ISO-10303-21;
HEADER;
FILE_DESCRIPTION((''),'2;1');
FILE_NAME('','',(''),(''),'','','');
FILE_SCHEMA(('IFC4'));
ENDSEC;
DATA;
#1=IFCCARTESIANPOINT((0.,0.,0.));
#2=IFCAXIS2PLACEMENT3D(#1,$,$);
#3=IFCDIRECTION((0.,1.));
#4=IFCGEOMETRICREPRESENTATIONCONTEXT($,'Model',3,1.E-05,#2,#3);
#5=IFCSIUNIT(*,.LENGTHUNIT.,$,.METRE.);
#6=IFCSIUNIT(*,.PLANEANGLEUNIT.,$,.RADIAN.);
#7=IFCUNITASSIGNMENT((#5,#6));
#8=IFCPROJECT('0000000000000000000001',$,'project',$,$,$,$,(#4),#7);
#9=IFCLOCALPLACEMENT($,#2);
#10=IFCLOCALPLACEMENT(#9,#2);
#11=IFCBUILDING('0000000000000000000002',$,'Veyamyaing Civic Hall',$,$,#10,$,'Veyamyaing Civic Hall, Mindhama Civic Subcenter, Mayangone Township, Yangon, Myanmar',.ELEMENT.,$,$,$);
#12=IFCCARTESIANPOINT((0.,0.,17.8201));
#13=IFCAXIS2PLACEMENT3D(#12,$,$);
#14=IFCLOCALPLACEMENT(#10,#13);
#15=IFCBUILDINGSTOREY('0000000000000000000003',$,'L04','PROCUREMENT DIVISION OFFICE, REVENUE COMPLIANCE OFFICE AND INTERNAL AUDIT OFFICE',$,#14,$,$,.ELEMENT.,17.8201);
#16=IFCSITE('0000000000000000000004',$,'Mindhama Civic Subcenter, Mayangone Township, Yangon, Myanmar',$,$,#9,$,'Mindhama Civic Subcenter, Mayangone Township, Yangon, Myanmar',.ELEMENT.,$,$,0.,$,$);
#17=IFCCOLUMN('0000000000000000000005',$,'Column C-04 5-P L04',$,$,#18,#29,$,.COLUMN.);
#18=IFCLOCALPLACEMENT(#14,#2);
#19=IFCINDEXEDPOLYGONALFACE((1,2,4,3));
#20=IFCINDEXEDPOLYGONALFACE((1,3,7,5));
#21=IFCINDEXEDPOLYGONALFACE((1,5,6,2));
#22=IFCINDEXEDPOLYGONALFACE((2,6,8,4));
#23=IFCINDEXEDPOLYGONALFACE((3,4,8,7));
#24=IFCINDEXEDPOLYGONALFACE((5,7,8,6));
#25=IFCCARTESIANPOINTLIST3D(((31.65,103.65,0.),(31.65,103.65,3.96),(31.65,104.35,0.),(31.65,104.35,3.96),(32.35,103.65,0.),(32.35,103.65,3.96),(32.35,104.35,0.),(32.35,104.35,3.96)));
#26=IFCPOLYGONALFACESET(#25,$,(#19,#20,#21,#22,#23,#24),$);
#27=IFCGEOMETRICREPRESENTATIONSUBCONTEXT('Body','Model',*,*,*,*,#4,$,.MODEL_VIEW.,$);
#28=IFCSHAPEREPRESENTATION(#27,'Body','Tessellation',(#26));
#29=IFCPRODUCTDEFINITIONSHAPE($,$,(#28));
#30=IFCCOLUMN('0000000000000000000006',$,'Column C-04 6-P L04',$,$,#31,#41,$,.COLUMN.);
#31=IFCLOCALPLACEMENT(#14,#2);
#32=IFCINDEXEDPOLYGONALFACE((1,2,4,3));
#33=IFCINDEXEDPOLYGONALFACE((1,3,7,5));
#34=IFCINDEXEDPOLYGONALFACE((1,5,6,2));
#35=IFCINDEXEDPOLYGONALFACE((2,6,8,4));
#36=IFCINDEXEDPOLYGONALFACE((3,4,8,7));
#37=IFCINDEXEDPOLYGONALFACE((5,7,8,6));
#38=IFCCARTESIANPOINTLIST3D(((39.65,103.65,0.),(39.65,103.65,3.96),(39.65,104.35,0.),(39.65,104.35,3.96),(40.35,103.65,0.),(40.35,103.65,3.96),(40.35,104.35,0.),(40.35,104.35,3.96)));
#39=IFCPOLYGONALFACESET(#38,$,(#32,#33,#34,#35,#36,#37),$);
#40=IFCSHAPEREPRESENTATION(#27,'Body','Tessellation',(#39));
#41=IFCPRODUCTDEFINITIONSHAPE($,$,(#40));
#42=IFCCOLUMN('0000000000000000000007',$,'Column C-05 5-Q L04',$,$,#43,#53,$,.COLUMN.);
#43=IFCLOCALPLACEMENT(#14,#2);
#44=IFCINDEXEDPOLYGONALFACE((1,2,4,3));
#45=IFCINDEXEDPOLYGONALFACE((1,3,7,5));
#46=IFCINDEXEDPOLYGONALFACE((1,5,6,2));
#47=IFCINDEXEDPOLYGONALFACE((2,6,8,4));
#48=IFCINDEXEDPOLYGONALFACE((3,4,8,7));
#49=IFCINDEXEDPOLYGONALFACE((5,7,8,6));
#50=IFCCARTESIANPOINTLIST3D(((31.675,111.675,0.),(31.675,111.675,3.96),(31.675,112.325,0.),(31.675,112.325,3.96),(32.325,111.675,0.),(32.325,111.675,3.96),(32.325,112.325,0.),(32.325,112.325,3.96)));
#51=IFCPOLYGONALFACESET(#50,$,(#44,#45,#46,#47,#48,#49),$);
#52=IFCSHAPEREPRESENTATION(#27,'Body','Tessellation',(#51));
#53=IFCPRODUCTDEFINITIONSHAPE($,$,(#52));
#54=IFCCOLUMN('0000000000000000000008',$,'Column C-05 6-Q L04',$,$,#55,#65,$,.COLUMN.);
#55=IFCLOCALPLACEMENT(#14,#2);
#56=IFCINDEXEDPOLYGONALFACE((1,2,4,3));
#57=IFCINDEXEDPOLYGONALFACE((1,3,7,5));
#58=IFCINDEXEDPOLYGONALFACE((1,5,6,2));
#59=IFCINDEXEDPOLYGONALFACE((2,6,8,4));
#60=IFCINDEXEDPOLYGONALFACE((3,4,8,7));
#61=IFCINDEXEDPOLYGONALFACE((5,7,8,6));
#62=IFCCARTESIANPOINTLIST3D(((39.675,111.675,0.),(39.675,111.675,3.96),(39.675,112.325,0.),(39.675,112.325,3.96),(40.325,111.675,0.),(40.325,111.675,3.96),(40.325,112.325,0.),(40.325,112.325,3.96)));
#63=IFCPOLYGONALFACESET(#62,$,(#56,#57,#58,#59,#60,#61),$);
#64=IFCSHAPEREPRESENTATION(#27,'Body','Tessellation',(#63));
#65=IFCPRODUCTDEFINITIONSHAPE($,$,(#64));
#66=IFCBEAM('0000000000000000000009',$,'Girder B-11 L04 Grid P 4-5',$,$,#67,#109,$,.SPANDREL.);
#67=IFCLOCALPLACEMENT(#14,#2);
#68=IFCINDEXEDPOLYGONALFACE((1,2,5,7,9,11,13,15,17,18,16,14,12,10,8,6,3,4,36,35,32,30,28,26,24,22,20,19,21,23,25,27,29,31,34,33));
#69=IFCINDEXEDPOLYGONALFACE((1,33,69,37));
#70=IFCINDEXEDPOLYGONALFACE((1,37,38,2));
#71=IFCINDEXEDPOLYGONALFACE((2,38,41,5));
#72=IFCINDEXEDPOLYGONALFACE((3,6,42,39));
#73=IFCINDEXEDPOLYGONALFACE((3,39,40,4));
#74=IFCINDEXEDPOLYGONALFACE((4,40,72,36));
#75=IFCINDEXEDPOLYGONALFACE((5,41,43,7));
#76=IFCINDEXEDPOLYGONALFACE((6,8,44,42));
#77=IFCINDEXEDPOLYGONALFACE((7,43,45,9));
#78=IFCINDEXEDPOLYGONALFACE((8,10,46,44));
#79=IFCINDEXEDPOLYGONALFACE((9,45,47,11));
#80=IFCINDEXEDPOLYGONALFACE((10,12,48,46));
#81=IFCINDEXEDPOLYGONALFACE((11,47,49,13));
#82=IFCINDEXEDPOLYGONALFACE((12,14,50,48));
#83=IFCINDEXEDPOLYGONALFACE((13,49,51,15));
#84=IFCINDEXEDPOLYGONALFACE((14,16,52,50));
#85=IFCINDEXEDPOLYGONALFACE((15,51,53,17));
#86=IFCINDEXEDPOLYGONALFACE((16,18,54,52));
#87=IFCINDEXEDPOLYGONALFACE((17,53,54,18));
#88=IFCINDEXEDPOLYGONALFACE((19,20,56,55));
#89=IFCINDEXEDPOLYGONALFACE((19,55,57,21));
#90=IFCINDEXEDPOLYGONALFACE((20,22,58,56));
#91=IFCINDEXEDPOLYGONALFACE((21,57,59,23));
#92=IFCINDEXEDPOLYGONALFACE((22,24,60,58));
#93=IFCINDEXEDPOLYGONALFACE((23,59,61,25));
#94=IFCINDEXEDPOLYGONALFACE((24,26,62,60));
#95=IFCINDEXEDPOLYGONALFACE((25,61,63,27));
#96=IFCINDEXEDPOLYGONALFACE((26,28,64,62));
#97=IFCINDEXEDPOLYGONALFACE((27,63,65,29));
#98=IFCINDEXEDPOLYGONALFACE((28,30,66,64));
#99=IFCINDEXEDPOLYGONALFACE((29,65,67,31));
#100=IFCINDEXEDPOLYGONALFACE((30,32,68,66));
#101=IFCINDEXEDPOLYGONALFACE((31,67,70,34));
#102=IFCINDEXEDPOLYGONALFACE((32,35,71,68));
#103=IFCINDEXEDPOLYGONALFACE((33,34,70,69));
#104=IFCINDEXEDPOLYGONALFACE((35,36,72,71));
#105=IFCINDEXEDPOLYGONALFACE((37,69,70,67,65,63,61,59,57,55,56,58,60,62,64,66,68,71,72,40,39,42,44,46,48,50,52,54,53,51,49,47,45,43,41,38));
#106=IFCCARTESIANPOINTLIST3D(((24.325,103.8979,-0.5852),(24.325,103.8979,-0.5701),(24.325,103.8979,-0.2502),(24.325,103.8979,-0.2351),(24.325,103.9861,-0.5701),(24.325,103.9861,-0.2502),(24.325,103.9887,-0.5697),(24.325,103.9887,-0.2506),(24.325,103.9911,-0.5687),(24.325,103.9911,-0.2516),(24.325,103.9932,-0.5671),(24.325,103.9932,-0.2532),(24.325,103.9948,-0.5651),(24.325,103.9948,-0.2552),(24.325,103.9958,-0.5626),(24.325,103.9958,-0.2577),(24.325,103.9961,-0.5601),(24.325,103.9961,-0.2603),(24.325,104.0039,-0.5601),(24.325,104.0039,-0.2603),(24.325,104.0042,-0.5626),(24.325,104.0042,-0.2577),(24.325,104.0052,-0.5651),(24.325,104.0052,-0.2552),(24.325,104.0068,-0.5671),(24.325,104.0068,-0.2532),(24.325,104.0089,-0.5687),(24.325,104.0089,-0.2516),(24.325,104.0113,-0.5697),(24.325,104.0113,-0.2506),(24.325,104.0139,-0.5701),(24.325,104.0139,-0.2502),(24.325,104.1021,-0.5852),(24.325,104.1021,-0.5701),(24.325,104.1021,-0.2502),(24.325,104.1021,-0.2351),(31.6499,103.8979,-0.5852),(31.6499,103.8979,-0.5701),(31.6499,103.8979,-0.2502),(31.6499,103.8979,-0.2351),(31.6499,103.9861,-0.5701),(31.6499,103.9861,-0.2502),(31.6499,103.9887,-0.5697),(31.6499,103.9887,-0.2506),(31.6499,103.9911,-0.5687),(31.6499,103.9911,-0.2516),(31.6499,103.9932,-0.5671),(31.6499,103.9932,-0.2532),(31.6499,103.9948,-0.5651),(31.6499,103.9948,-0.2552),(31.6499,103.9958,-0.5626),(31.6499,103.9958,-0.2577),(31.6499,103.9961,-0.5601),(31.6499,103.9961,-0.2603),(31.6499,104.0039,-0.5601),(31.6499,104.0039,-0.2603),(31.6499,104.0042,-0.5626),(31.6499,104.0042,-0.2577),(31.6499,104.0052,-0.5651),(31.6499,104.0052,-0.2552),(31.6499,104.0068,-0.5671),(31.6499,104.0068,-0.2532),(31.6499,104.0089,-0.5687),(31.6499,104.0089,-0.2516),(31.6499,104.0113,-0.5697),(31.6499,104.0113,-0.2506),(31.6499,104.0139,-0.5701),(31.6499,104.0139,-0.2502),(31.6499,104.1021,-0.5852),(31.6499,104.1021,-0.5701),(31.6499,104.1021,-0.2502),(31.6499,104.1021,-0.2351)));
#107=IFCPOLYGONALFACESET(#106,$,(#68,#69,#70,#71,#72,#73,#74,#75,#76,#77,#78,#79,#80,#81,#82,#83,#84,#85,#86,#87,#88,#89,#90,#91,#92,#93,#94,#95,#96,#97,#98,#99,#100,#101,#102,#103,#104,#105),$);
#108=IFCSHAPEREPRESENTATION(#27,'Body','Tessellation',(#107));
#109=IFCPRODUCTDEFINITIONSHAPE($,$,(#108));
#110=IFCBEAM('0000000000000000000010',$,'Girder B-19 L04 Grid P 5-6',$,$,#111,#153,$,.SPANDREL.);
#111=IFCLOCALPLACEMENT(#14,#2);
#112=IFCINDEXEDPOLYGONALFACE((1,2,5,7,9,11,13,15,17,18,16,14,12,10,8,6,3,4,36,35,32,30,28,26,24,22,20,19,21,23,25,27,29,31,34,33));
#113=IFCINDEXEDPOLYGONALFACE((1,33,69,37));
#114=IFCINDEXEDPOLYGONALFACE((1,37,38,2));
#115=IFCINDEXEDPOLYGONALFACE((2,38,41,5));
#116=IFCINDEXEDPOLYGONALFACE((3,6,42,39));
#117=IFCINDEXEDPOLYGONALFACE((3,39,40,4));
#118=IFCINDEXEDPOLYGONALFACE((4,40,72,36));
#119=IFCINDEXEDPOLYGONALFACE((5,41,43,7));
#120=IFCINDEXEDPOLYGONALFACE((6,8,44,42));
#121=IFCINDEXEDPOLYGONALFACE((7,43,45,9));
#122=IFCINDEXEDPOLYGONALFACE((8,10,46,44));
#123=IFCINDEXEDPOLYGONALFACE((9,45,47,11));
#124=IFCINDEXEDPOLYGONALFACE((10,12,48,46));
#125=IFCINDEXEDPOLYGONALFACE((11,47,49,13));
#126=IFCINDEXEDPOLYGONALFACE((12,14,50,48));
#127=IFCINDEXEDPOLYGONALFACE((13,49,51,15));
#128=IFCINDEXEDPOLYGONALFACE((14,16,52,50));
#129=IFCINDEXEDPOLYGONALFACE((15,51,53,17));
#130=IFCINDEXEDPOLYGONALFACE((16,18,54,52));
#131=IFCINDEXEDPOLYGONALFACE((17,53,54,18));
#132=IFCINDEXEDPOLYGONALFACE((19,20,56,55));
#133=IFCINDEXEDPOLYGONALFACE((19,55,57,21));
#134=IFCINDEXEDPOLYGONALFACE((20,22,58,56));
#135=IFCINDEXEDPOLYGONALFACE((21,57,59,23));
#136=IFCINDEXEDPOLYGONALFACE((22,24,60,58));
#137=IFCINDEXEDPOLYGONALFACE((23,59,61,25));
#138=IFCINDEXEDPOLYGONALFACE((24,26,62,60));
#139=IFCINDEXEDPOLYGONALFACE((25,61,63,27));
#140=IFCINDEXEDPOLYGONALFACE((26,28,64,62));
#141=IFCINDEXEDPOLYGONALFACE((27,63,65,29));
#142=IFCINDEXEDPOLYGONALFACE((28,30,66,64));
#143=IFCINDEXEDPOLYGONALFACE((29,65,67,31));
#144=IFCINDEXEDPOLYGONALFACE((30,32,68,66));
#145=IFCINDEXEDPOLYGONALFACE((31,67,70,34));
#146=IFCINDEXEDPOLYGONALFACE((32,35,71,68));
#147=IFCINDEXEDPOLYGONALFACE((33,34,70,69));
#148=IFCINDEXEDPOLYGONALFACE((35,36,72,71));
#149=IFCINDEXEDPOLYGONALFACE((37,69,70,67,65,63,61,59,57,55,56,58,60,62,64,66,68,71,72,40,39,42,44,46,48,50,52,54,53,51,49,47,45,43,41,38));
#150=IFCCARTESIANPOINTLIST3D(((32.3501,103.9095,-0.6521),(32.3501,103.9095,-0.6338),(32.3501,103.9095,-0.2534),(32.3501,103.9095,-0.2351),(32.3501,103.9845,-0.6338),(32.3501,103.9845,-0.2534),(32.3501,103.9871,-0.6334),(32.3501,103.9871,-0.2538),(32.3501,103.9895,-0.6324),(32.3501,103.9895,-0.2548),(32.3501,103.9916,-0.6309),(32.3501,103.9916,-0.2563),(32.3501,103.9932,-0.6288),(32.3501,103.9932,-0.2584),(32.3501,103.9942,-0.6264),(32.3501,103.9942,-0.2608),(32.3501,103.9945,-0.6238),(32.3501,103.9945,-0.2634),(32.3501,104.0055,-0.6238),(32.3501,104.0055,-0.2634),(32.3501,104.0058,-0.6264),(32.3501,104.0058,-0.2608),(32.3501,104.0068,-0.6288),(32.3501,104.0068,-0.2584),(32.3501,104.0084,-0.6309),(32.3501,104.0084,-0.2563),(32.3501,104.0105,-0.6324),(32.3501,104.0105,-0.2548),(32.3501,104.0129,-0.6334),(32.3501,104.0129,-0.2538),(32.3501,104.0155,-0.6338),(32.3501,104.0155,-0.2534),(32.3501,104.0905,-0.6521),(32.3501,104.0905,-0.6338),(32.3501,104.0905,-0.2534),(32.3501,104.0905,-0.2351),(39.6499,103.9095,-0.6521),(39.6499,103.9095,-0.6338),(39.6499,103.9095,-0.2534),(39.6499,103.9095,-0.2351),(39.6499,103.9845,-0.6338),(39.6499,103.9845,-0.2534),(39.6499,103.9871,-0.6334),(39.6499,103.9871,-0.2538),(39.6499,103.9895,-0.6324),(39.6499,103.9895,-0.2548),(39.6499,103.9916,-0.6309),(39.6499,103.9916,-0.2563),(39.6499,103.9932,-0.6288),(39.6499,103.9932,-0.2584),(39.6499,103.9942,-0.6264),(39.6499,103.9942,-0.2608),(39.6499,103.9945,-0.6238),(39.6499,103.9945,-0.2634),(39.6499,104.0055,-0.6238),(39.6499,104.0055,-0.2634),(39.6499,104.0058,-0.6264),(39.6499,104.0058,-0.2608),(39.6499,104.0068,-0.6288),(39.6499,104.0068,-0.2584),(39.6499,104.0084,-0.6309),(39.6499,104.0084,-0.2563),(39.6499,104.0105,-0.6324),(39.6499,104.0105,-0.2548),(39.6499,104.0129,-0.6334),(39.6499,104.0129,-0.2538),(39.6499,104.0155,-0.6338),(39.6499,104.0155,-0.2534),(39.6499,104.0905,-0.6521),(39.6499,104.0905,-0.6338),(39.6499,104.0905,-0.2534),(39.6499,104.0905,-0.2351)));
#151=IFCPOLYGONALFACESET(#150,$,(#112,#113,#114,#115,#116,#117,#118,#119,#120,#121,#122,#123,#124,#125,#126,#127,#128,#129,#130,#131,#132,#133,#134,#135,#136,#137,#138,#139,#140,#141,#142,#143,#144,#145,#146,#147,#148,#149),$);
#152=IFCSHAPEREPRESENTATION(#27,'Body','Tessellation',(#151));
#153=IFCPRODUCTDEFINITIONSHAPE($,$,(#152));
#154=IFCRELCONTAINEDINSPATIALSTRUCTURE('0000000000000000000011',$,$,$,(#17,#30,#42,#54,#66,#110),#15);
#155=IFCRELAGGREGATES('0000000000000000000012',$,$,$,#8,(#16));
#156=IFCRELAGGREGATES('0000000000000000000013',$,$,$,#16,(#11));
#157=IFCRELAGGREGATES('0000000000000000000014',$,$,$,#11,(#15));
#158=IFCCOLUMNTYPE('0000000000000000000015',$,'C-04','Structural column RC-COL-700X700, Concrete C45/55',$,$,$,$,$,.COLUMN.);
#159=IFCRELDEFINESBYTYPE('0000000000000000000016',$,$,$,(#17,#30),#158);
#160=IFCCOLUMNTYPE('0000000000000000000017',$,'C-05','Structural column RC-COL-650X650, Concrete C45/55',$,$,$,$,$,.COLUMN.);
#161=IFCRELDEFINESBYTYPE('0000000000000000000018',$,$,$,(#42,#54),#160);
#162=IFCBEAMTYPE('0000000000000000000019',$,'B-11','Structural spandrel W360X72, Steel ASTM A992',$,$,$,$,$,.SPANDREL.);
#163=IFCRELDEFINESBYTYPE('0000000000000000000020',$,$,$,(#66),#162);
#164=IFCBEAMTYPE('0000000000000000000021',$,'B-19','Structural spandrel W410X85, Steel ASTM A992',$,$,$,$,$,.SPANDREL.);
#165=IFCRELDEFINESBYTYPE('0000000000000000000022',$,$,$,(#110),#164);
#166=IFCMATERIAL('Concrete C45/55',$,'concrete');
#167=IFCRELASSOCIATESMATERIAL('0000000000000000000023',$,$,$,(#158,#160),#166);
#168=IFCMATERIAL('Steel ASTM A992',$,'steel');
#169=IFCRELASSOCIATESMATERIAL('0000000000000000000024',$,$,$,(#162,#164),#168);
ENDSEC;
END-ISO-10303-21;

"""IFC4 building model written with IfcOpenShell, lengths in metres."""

from ifc_helpers import new_model, si_unit, direction, frame, origin, origin_2d, place, context, subcontext, project, spatial, rectangle, i_section, extrude, material, material_profile, profile_set, type_object, element, save


model = new_model("IFC4")

# Units and contexts
model_context = context("Model", 3, precision=1e-05, world=origin(), true_north=direction((0.0, 1.0)))
body_context = subcontext(model_context, "Body", "Model", "MODEL_VIEW")
ifc_project = project(units=[si_unit("LENGTHUNIT", "METRE"), si_unit("PLANEANGLEUNIT", "RADIAN")], contexts=[model_context])

# Site, building, storey
site_placement = place(None, origin())
site = spatial("IfcSite", under=ifc_project, at=site_placement, Name="Mindhama Civic Subcenter, Mayangone Township, Yangon, Myanmar", LongName="Mindhama Civic Subcenter, Mayangone Township, Yangon, Myanmar", CompositionType="ELEMENT", RefElevation=0.0)
building_placement = place(site_placement, origin())
building = spatial("IfcBuilding", under=site, at=building_placement, Name="Veyamyaing Civic Hall", LongName="Veyamyaing Civic Hall, Mindhama Civic Subcenter, Mayangone Township, Yangon, Myanmar", CompositionType="ELEMENT")
storey_placement = place(building_placement, frame((0.0, 0.0, 17.8201)))
storey = spatial("IfcBuildingStorey", under=building, at=storey_placement, Name="L04", Description="PROCUREMENT DIVISION OFFICE, REVENUE COMPLIANCE OFFICE AND INTERNAL AUDIT OFFICE", CompositionType="ELEMENT", Elevation=17.8201)

# Columns
ifc_material_1 = material(Name="Concrete C45/55", Category="concrete")
ifc_material_profile_1 = material_profile(ifc_material_1, rectangle(XDim=0.7, YDim=0.7, at=origin_2d()), Name="RC-COL-700X700")
ifc_profile_set_1 = profile_set([ifc_material_profile_1], Name="Concrete C45/55")
column_type_1 = type_object("IfcColumnType", Name="C-04", Description="Structural column RC-COL-700X700, Concrete C45/55", PredefinedType="COLUMN", material=ifc_profile_set_1)
for number, where, z_axis, x_axis, name in (
    (1, (32.0, 104.0, 0.0), (0.0, 0.0, 1.0), (1.0, 0.0, 0.0), "Column C-04 5-P L04"),
    (2, (40.0, 104.0, 0.0), (0.0, 0.0, 1.0), (1.0, 0.0, 0.0), "Column C-04 6-P L04"),
):
    element("IfcColumn", number, at=place(storey_placement, frame(where, z_axis=z_axis, x_axis=x_axis)), inside=storey, type_object=column_type_1, Name=name, PredefinedType="COLUMN", context=body_context, shape_type="SweptSolid", body=[
        extrude(rectangle(XDim=0.7, YDim=0.7, at=origin_2d()), origin(), (0.0, 0.0, 1.0), 3.96),
    ])
ifc_material_profile_2 = material_profile(ifc_material_1, rectangle(XDim=0.6499, YDim=0.6499, at=origin_2d()), Name="RC-COL-650X650")
ifc_profile_set_2 = profile_set([ifc_material_profile_2], Name="Concrete C45/55")
column_type_2 = type_object("IfcColumnType", Name="C-05", Description="Structural column RC-COL-650X650, Concrete C45/55", PredefinedType="COLUMN", material=ifc_profile_set_2)
for number, where, z_axis, x_axis, name in (
    (3, (32.0, 112.0, 0.0), (0.0, 0.0, 1.0), (1.0, 0.0, 0.0), "Column C-05 5-Q L04"),
    (4, (40.0, 112.0, 0.0), (0.0, 0.0, 1.0), (1.0, 0.0, 0.0), "Column C-05 6-Q L04"),
):
    element("IfcColumn", number, at=place(storey_placement, frame(where, z_axis=z_axis, x_axis=x_axis)), inside=storey, type_object=column_type_2, Name=name, PredefinedType="COLUMN", context=body_context, shape_type="SweptSolid", body=[
        extrude(rectangle(XDim=0.6499, YDim=0.6499, at=origin_2d()), origin(), (0.0, 0.0, 1.0), 3.96),
    ])

# Beams
ifc_material_2 = material(Name="Steel ASTM A992", Category="steel")
ifc_material_profile_3 = material_profile(ifc_material_2, i_section(OverallWidth=0.2041, OverallDepth=0.3501, WebThickness=0.0078, FlangeThickness=0.0151, FilletRadius=0.01, at=origin_2d()), Name="W360X72")
ifc_profile_set_3 = profile_set([ifc_material_profile_3], Name="Steel ASTM A992")
beam_type_1 = type_object("IfcBeamType", Name="B-11", Description="Structural spandrel W360X72, Steel ASTM A992", PredefinedType="SPANDREL", material=ifc_profile_set_3)
beam_1_placement = place(storey_placement, frame((24.325, 104.0, -0.4102), z_axis=(1.0, 0.0, 0.0), x_axis=(0.0, 1.0, 0.0)))
element("IfcBeam", 5, at=beam_1_placement, inside=storey, type_object=beam_type_1, Name="Girder B-11 L04 Grid P 4-5", PredefinedType="SPANDREL", context=body_context, shape_type="SweptSolid", body=[
    extrude(i_section(OverallWidth=0.2041, OverallDepth=0.3501, WebThickness=0.0078, FlangeThickness=0.0151, FilletRadius=0.01, at=origin_2d()), origin(), (0.0, 0.0, 1.0), 7.325),
])
ifc_material_profile_4 = material_profile(ifc_material_2, i_section(OverallWidth=0.1809, OverallDepth=0.417, WebThickness=0.011, FlangeThickness=0.0183, FilletRadius=0.01, at=origin_2d()), Name="W410X85")
ifc_profile_set_4 = profile_set([ifc_material_profile_4], Name="Steel ASTM A992")
beam_type_2 = type_object("IfcBeamType", Name="B-19", Description="Structural spandrel W410X85, Steel ASTM A992", PredefinedType="SPANDREL", material=ifc_profile_set_4)
beam_2_placement = place(storey_placement, frame((32.3501, 104.0, -0.4436), z_axis=(1.0, 0.0, 0.0), x_axis=(0.0, 1.0, 0.0)))
element("IfcBeam", 6, at=beam_2_placement, inside=storey, type_object=beam_type_2, Name="Girder B-19 L04 Grid P 5-6", PredefinedType="SPANDREL", context=body_context, shape_type="SweptSolid", body=[
    extrude(i_section(OverallWidth=0.1809, OverallDepth=0.417, WebThickness=0.011, FlangeThickness=0.0183, FilletRadius=0.01, at=origin_2d()), origin(), (0.0, 0.0, 1.0), 7.2998),
])

save(model, "model.ifc")
